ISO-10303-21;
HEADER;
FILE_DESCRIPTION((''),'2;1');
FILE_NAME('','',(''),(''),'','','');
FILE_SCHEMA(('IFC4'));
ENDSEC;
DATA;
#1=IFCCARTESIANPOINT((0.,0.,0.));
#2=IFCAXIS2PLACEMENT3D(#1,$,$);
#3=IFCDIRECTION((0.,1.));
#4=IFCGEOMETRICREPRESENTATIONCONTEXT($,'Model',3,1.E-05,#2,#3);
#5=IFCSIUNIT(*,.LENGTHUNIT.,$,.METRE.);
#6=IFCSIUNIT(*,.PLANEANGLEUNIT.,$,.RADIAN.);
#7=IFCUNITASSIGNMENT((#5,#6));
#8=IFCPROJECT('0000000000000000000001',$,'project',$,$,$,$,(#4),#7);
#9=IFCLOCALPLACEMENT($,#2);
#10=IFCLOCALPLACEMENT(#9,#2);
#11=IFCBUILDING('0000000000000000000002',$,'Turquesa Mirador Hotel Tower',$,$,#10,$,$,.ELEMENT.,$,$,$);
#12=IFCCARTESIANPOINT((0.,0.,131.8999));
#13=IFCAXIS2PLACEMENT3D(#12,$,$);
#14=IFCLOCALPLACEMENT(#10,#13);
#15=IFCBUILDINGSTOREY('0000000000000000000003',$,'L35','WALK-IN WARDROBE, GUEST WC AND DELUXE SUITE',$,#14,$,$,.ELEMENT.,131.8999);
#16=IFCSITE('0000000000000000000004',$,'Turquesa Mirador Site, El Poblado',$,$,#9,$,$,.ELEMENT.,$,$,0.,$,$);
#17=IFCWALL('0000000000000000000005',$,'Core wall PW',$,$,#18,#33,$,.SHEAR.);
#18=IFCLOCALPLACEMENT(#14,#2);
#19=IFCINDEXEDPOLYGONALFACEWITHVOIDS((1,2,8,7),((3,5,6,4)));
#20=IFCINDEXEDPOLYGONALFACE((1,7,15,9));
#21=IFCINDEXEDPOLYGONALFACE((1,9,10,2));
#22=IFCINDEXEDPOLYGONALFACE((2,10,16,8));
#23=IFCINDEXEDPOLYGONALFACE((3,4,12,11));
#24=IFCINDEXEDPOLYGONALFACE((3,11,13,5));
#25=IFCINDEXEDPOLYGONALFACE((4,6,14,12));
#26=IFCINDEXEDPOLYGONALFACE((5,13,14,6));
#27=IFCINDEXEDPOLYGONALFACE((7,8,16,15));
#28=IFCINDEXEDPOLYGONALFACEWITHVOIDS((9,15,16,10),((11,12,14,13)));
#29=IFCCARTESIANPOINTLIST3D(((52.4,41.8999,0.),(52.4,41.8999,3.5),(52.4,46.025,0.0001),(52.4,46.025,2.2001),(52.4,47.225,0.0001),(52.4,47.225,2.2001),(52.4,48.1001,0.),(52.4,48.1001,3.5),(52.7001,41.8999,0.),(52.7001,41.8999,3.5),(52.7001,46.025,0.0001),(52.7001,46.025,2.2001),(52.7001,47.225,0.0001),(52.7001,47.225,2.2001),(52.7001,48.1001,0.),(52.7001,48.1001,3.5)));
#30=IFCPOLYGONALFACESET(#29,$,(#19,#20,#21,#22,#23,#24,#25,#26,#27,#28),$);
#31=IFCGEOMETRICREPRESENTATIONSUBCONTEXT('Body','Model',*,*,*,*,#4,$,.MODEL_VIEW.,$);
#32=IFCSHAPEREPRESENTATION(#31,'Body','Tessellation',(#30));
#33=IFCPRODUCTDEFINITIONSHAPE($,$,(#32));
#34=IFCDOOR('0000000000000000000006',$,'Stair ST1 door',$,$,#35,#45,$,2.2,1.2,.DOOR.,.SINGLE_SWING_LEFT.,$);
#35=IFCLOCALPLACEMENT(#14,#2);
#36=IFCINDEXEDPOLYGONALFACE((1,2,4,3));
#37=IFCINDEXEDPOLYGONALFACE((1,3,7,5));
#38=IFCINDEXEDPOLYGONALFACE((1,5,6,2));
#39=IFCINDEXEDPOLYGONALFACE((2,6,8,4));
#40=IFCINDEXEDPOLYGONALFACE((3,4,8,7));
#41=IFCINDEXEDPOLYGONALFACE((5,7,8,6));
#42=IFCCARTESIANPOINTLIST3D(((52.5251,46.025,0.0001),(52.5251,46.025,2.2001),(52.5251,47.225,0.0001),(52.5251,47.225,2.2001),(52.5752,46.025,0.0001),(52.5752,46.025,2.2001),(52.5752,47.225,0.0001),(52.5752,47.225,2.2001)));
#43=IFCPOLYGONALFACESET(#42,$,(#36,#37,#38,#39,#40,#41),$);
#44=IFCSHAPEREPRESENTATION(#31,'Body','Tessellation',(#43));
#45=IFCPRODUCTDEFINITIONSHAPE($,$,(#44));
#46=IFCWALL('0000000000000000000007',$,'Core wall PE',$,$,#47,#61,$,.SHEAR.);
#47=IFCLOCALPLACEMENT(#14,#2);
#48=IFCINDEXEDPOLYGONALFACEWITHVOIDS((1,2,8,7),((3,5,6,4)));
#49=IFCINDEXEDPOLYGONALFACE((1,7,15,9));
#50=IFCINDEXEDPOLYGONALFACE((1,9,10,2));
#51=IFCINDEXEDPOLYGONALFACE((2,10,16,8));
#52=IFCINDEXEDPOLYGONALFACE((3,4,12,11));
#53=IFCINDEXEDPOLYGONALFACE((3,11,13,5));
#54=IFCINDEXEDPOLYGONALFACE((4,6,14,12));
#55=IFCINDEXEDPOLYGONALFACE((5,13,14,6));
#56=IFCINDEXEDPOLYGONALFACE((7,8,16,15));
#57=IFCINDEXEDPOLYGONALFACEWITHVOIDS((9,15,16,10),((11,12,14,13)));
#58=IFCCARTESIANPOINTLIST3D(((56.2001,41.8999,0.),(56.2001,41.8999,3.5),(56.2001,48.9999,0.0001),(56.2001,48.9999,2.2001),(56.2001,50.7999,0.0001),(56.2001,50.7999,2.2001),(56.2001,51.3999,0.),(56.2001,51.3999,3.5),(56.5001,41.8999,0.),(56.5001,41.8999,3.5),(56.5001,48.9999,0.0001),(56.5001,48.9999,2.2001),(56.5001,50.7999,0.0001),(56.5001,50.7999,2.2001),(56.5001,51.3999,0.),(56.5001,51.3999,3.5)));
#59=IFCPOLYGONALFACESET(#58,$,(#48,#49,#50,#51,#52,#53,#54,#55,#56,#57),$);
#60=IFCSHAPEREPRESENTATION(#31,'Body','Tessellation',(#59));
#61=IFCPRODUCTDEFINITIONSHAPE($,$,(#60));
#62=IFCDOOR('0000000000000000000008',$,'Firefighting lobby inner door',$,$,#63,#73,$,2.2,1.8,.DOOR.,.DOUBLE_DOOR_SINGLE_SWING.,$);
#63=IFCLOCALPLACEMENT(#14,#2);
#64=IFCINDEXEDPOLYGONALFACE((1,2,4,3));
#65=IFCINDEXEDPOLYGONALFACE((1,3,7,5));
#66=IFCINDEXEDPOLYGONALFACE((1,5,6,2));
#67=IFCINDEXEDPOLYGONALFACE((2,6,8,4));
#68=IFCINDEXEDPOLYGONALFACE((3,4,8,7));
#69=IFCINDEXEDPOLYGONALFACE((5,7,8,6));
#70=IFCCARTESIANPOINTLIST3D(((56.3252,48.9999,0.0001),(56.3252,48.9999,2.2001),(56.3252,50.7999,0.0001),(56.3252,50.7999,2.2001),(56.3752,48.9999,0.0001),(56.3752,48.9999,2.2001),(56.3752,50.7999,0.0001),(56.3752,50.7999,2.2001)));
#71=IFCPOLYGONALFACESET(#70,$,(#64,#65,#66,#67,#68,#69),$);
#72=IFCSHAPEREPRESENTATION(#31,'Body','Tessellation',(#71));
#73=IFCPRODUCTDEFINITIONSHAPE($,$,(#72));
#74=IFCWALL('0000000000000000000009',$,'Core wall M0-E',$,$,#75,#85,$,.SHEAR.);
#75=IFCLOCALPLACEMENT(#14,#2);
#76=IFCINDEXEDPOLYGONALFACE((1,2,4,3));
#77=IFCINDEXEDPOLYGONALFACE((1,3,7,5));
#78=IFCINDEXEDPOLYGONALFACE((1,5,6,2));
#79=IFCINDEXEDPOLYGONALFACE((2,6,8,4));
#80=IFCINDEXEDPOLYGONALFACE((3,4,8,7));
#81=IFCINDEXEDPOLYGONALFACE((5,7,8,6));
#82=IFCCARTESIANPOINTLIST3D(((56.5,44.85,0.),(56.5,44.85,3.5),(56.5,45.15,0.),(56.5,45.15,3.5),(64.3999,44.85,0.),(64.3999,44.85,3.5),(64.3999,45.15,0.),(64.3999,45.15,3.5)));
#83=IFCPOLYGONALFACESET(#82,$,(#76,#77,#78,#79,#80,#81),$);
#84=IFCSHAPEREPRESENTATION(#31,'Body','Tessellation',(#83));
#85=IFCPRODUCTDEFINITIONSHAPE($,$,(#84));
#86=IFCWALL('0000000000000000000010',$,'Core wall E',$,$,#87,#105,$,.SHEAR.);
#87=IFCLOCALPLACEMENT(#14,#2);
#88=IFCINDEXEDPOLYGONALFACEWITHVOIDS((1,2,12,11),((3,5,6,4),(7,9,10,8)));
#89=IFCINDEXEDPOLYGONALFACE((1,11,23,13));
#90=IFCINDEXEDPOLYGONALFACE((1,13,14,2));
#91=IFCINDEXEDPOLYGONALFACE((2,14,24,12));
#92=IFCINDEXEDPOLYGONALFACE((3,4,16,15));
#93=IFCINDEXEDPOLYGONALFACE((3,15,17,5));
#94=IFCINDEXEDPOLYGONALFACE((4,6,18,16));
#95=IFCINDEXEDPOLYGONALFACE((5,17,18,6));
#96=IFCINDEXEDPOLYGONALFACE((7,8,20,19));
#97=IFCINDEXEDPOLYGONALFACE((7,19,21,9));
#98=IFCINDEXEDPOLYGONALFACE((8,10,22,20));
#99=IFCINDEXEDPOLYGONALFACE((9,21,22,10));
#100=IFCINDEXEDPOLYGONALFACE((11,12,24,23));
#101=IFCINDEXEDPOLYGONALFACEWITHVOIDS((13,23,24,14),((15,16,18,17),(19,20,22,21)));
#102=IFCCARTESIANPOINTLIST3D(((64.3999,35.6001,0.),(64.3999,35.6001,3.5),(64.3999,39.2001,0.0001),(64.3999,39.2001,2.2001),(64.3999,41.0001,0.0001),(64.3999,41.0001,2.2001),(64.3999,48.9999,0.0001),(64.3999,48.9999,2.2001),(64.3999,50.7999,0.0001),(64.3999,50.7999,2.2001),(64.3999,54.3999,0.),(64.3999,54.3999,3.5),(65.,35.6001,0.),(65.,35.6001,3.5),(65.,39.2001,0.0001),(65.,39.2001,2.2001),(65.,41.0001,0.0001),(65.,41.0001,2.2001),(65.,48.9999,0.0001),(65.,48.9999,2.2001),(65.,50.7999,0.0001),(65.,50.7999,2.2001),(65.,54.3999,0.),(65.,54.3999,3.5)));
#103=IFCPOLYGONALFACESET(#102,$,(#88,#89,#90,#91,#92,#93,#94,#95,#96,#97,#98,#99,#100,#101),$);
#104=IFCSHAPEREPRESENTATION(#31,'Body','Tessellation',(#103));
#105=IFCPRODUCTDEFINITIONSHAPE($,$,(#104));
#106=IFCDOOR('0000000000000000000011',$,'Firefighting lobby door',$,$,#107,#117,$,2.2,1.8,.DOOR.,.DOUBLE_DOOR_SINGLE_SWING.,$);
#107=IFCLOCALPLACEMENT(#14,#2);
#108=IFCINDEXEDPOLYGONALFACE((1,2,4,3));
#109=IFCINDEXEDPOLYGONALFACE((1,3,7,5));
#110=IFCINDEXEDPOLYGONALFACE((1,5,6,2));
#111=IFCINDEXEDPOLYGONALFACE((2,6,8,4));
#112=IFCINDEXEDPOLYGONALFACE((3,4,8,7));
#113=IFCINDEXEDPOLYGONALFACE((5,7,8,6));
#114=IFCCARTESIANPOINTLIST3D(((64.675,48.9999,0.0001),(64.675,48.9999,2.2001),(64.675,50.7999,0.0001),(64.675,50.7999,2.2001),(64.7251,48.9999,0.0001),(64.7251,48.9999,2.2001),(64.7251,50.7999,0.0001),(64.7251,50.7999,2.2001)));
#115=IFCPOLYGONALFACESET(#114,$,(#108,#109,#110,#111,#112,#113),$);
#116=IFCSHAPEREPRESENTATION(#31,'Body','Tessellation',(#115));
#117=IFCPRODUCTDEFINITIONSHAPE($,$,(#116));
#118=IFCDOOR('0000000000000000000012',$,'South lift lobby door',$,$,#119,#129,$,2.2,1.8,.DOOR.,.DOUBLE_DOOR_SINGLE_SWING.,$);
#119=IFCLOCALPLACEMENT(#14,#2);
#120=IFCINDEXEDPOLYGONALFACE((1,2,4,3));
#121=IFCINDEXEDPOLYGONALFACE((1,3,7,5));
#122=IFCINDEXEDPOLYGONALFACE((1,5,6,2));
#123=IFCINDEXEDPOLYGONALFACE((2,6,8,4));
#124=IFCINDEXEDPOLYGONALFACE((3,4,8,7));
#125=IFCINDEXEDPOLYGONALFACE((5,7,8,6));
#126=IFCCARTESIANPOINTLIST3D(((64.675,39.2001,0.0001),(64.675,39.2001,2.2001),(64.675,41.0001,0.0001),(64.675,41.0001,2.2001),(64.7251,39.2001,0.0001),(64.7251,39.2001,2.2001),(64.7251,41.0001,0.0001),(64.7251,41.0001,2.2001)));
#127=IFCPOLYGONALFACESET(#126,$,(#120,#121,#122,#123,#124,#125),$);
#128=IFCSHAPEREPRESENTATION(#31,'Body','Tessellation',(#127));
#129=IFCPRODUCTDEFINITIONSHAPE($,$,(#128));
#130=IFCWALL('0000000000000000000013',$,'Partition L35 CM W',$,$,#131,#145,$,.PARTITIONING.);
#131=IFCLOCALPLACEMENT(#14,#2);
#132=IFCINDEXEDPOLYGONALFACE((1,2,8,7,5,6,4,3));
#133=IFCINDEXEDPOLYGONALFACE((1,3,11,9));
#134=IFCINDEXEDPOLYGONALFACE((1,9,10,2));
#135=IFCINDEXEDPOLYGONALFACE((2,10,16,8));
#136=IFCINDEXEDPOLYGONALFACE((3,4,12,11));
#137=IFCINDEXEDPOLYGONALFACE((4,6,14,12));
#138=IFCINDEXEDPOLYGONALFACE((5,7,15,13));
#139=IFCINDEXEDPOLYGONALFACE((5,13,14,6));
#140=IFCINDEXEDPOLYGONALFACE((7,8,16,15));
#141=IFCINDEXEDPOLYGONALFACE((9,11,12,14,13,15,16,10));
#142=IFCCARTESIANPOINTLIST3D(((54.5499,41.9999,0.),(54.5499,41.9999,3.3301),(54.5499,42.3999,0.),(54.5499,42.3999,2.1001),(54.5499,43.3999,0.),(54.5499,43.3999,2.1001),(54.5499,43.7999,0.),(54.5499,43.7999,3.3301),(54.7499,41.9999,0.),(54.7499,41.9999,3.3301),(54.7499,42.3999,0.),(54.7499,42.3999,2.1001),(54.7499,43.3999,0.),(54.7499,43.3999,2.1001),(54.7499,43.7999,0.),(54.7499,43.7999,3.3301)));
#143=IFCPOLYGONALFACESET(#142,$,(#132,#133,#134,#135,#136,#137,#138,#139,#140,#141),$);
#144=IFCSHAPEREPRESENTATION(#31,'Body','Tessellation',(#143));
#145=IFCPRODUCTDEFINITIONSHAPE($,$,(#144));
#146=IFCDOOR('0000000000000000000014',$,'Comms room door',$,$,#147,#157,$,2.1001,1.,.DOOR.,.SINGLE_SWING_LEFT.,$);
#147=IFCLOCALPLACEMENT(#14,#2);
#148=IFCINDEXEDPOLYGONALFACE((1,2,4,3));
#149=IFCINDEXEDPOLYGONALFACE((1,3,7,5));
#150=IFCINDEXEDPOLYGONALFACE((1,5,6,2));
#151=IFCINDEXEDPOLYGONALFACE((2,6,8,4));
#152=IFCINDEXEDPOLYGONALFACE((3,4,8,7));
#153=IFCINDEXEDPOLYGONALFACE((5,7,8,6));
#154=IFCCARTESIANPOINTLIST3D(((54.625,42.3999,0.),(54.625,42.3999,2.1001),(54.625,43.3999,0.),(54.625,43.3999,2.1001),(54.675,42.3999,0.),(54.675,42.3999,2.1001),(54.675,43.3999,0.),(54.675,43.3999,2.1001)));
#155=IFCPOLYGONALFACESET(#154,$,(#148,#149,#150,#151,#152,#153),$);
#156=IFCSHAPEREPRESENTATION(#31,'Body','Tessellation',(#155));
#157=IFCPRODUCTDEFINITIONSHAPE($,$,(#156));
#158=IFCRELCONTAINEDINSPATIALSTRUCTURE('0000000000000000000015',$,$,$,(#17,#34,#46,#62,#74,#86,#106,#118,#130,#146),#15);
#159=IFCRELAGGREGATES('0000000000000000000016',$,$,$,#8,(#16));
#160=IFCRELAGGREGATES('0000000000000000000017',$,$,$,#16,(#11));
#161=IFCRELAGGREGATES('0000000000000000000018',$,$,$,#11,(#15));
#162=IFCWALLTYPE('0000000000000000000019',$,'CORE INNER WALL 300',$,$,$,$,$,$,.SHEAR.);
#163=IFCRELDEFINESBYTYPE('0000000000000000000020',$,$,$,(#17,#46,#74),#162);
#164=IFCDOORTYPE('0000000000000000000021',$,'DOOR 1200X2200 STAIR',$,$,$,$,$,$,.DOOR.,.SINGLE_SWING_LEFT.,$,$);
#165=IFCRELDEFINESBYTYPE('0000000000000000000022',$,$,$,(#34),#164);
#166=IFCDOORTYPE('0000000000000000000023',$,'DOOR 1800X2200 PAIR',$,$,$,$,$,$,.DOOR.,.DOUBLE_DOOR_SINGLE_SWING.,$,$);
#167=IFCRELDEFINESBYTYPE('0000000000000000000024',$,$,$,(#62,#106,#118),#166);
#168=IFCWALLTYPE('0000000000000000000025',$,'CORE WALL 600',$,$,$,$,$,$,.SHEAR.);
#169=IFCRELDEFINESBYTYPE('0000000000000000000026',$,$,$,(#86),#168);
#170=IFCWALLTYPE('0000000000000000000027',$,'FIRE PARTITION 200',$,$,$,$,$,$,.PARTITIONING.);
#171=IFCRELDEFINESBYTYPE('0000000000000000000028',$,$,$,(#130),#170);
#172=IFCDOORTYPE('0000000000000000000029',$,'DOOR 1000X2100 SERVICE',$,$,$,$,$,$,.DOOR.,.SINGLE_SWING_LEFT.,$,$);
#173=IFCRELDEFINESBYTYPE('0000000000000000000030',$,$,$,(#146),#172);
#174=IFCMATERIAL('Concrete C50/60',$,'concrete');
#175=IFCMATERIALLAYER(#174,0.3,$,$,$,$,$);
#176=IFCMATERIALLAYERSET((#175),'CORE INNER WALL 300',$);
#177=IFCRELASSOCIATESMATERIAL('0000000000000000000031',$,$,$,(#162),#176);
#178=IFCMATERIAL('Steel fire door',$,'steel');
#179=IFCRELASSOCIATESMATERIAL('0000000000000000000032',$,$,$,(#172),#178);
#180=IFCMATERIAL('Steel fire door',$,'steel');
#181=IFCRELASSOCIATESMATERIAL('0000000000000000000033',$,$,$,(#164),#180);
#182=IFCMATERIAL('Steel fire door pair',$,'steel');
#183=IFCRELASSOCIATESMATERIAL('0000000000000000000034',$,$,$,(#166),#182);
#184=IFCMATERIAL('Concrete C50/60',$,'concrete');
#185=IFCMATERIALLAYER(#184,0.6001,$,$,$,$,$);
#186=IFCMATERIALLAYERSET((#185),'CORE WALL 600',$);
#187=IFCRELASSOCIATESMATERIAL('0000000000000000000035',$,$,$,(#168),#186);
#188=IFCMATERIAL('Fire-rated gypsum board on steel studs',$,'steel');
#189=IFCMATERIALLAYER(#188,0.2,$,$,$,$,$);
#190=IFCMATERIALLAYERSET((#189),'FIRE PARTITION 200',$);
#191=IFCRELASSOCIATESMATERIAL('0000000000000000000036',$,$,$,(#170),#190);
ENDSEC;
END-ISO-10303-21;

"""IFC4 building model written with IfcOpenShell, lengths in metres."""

from ifc_helpers import new_model, si_unit, direction, frame, frame_2d, origin, place, context, subcontext, project, spatial, rectangle, extrude, material, layer, layer_set, type_object, element, fill, save


model = new_model("IFC4")

# Units and contexts
model_context = context("Model", 3, precision=1e-05, world=origin(), true_north=direction((0.0, 1.0)))
body_context = subcontext(model_context, "Body", "Model", "MODEL_VIEW")
ifc_project = project(units=[si_unit("LENGTHUNIT", "METRE"), si_unit("PLANEANGLEUNIT", "RADIAN")], contexts=[model_context])

# Site, building, storey
site_placement = place(None, origin())
site = spatial("IfcSite", under=ifc_project, at=site_placement, Name="Turquesa Mirador Site, El Poblado", CompositionType="ELEMENT", RefElevation=0.0)
building_placement = place(site_placement, origin())
building = spatial("IfcBuilding", under=site, at=building_placement, Name="Turquesa Mirador Hotel Tower", CompositionType="ELEMENT")
storey_placement = place(building_placement, frame((0.0, 0.0, 131.8999)))
storey = spatial("IfcBuildingStorey", under=building, at=storey_placement, Name="L35", Description="WALK-IN WARDROBE, GUEST WC AND DELUXE SUITE", CompositionType="ELEMENT", Elevation=131.8999)

# Walls, openings, doors
ifc_material_1 = material(Name="Concrete C50/60", Category="concrete")
ifc_layer_1 = layer(ifc_material_1, 0.3)
ifc_layer_set_1 = layer_set([ifc_layer_1], Name="CORE INNER WALL 300")
wall_type_1 = type_object("IfcWallType", Name="CORE INNER WALL 300", PredefinedType="SHEAR", material=ifc_layer_set_1)
ifc_material_2 = material(Name="Steel fire door", Category="steel")
door_type_1 = type_object("IfcDoorType", Name="DOOR 1000X2100 SERVICE", OperationType="SINGLE_SWING_LEFT", PredefinedType="DOOR", material=ifc_material_2)
wall_1_placement = place(storey_placement, frame((52.55, 41.8999, 0.0), z_axis=(0.0, 0.0, 1.0), x_axis=(0.0, 1.0, 0.0)))
wall_1 = element("IfcWall", 1, at=wall_1_placement, inside=storey, type_object=wall_type_1, Name="Core wall PW", PredefinedType="SHEAR", context=body_context, shape_type="SweptSolid", body=[
    extrude(rectangle(XDim=6.2002, YDim=0.3, at=frame_2d((3.1001, 0.0))), origin(), (0.0, 0.0, 1.0), 3.5),
])
opening_1_placement = place(wall_1_placement, frame((4.125, 0.0, 0.0)))
opening_1 = element("IfcOpeningElement", 2, at=opening_1_placement, cuts=wall_1, PredefinedType="OPENING", context=body_context, shape_type="SweptSolid", body=[
    extrude(rectangle(XDim=1.2, YDim=2.2, at=frame_2d((0.6001, 1.1001))), frame((0.0, 0.1599, 0.0), z_axis=(0.0, -1.0, 0.0), x_axis=(1.0, 0.0, 0.0)), (0.0, 0.0, 1.0), 0.3201),
])
ifc_material_3 = material(Name="Steel fire door", Category="steel")
door_type_2 = type_object("IfcDoorType", Name="DOOR 1200X2200 STAIR", OperationType="SINGLE_SWING_LEFT", PredefinedType="DOOR", material=ifc_material_3)
door_1_placement = place(opening_1_placement, origin())
door_1 = element("IfcDoor", 3, at=door_1_placement, inside=storey, type_object=door_type_2, Name="Stair ST1 door", OperationType="SINGLE_SWING_LEFT", OverallHeight=2.2, OverallWidth=1.2, PredefinedType="DOOR", context=body_context, shape_type="SweptSolid", body=[
    extrude(rectangle(XDim=1.2, YDim=2.2, at=frame_2d((0.6001, 1.1001))), frame((0.0, 0.0249, 0.0), z_axis=(0.0, -1.0, 0.0), x_axis=(1.0, 0.0, 0.0)), (0.0, 0.0, 1.0), 0.05),
])
fill(opening_1, door_1)
wall_2_placement = place(storey_placement, frame((56.3501, 41.8999, 0.0), z_axis=(0.0, 0.0, 1.0), x_axis=(0.0, 1.0, 0.0)))
wall_2 = element("IfcWall", 4, at=wall_2_placement, inside=storey, type_object=wall_type_1, Name="Core wall PE", PredefinedType="SHEAR", context=body_context, shape_type="SweptSolid", body=[
    extrude(rectangle(XDim=9.5, YDim=0.3, at=frame_2d((4.75, 0.0))), origin(), (0.0, 0.0, 1.0), 3.5),
])
opening_2_placement = place(wall_2_placement, frame((7.1001, 0.0, 0.0)))
opening_2 = element("IfcOpeningElement", 5, at=opening_2_placement, cuts=wall_2, PredefinedType="OPENING", context=body_context, shape_type="SweptSolid", body=[
    extrude(rectangle(XDim=1.8, YDim=2.2, at=frame_2d((0.8999, 1.1001))), frame((0.0, 0.1599, 0.0), z_axis=(0.0, -1.0, 0.0), x_axis=(1.0, 0.0, 0.0)), (0.0, 0.0, 1.0), 0.3201),
])
ifc_material_4 = material(Name="Steel fire door pair", Category="steel")
door_type_3 = type_object("IfcDoorType", Name="DOOR 1800X2200 PAIR", OperationType="DOUBLE_DOOR_SINGLE_SWING", PredefinedType="DOOR", material=ifc_material_4)
door_2_placement = place(opening_2_placement, origin())
door_2 = element("IfcDoor", 6, at=door_2_placement, inside=storey, type_object=door_type_3, Name="Firefighting lobby inner door", OperationType="DOUBLE_DOOR_SINGLE_SWING", OverallHeight=2.2, OverallWidth=1.8, PredefinedType="DOOR", context=body_context, shape_type="SweptSolid", body=[
    extrude(rectangle(XDim=1.8, YDim=2.2, at=frame_2d((0.8999, 1.1001))), frame((0.0, 0.0249, 0.0), z_axis=(0.0, -1.0, 0.0), x_axis=(1.0, 0.0, 0.0)), (0.0, 0.0, 1.0), 0.05),
])
fill(opening_2, door_2)

# Wall
wall_3_placement = place(storey_placement, frame((56.5, 45.0, 0.0), z_axis=(0.0, 0.0, 1.0), x_axis=(1.0, 0.0, 0.0)))
element("IfcWall", 7, at=wall_3_placement, inside=storey, type_object=wall_type_1, Name="Core wall M0-E", PredefinedType="SHEAR", context=body_context, shape_type="SweptSolid", body=[
    extrude(rectangle(XDim=7.8999, YDim=0.3, at=frame_2d((3.95, 0.0))), origin(), (0.0, 0.0, 1.0), 3.5),
])

# Wall, openings, doors
ifc_material_5 = material(Name="Concrete C50/60", Category="concrete")
ifc_layer_2 = layer(ifc_material_5, 0.6001)
ifc_layer_set_2 = layer_set([ifc_layer_2], Name="CORE WALL 600")
wall_type_2 = type_object("IfcWallType", Name="CORE WALL 600", PredefinedType="SHEAR", material=ifc_layer_set_2)
wall_4_placement = place(storey_placement, frame((64.7, 35.6001, 0.0), z_axis=(0.0, 0.0, 1.0), x_axis=(0.0, 1.0, 0.0)))
wall_4 = element("IfcWall", 8, at=wall_4_placement, inside=storey, type_object=wall_type_2, Name="Core wall E", PredefinedType="SHEAR", context=body_context, shape_type="SweptSolid", body=[
    extrude(rectangle(XDim=18.7998, YDim=0.6001, at=frame_2d((9.3999, 0.0))), origin(), (0.0, 0.0, 1.0), 3.5),
])
opening_3_placement = place(wall_4_placement, frame((13.3999, 0.0, 0.0)))
opening_3 = element("IfcOpeningElement", 9, at=opening_3_placement, cuts=wall_4, PredefinedType="OPENING", context=body_context, shape_type="SweptSolid", body=[
    extrude(rectangle(XDim=1.8, YDim=2.2, at=frame_2d((0.8999, 1.1001))), frame((0.0, 0.3101, 0.0), z_axis=(0.0, -1.0, 0.0), x_axis=(1.0, 0.0, 0.0)), (0.0, 0.0, 1.0), 0.6201),
])
opening_4_placement = place(wall_4_placement, frame((3.6001, 0.0, 0.0)))
opening_4 = element("IfcOpeningElement", 10, at=opening_4_placement, cuts=wall_4, PredefinedType="OPENING", context=body_context, shape_type="SweptSolid", body=[
    extrude(rectangle(XDim=1.8, YDim=2.2, at=frame_2d((0.8999, 1.1001))), frame((0.0, 0.3101, 0.0), z_axis=(0.0, -1.0, 0.0), x_axis=(1.0, 0.0, 0.0)), (0.0, 0.0, 1.0), 0.6201),
])
door_3_placement = place(opening_3_placement, origin())
door_3 = element("IfcDoor", 11, at=door_3_placement, inside=storey, type_object=door_type_3, Name="Firefighting lobby door", OperationType="DOUBLE_DOOR_SINGLE_SWING", OverallHeight=2.2, OverallWidth=1.8, PredefinedType="DOOR", context=body_context, shape_type="SweptSolid", body=[
    extrude(rectangle(XDim=1.8, YDim=2.2, at=frame_2d((0.8999, 1.1001))), frame((0.0, 0.0249, 0.0), z_axis=(0.0, -1.0, 0.0), x_axis=(1.0, 0.0, 0.0)), (0.0, 0.0, 1.0), 0.05),
])
fill(opening_3, door_3)
door_4_placement = place(opening_4_placement, origin())
door_4 = element("IfcDoor", 12, at=door_4_placement, inside=storey, type_object=door_type_3, Name="South lift lobby door", OperationType="DOUBLE_DOOR_SINGLE_SWING", OverallHeight=2.2, OverallWidth=1.8, PredefinedType="DOOR", context=body_context, shape_type="SweptSolid", body=[
    extrude(rectangle(XDim=1.8, YDim=2.2, at=frame_2d((0.8999, 1.1001))), frame((0.0, 0.0249, 0.0), z_axis=(0.0, -1.0, 0.0), x_axis=(1.0, 0.0, 0.0)), (0.0, 0.0, 1.0), 0.05),
])
fill(opening_4, door_4)

# Wall, opening, door
ifc_material_6 = material(Name="Fire-rated gypsum board on steel studs", Category="steel")
ifc_layer_3 = layer(ifc_material_6, 0.2)
ifc_layer_set_3 = layer_set([ifc_layer_3], Name="FIRE PARTITION 200")
wall_type_3 = type_object("IfcWallType", Name="FIRE PARTITION 200", PredefinedType="PARTITIONING", material=ifc_layer_set_3)
wall_5_placement = place(storey_placement, frame((54.6499, 42.0, 0.0), z_axis=(0.0, 0.0, 1.0), x_axis=(0.0, 1.0, 0.0)))
wall_5 = element("IfcWall", 13, at=wall_5_placement, inside=storey, type_object=wall_type_3, Name="Partition L35 CM W", PredefinedType="PARTITIONING", context=body_context, shape_type="SweptSolid", body=[
    extrude(rectangle(XDim=1.8, YDim=0.2, at=frame_2d((0.8999, 0.0))), origin(), (0.0, 0.0, 1.0), 3.3301),
])
opening_5_placement = place(wall_5_placement, frame((0.3999, 0.0, 0.0)))
opening_5 = element("IfcOpeningElement", 14, at=opening_5_placement, cuts=wall_5, PredefinedType="OPENING", context=body_context, shape_type="SweptSolid", body=[
    extrude(rectangle(XDim=1.0, YDim=2.1001, at=frame_2d((0.5, 1.05))), frame((0.0, 0.1099, 0.0), z_axis=(0.0, -1.0, 0.0), x_axis=(1.0, 0.0, 0.0)), (0.0, 0.0, 1.0), 0.22),
])
door_5_placement = place(opening_5_placement, origin())
door_5 = element("IfcDoor", 15, at=door_5_placement, inside=storey, type_object=door_type_1, Name="Comms room door", OperationType="SINGLE_SWING_LEFT", OverallHeight=2.1001, OverallWidth=1.0, PredefinedType="DOOR", context=body_context, shape_type="SweptSolid", body=[
    extrude(rectangle(XDim=1.0, YDim=2.1001, at=frame_2d((0.5, 1.05))), frame((0.0, 0.0249, 0.0), z_axis=(0.0, -1.0, 0.0), x_axis=(1.0, 0.0, 0.0)), (0.0, 0.0, 1.0), 0.05),
])
fill(opening_5, door_5)

save(model, "model.ifc")
